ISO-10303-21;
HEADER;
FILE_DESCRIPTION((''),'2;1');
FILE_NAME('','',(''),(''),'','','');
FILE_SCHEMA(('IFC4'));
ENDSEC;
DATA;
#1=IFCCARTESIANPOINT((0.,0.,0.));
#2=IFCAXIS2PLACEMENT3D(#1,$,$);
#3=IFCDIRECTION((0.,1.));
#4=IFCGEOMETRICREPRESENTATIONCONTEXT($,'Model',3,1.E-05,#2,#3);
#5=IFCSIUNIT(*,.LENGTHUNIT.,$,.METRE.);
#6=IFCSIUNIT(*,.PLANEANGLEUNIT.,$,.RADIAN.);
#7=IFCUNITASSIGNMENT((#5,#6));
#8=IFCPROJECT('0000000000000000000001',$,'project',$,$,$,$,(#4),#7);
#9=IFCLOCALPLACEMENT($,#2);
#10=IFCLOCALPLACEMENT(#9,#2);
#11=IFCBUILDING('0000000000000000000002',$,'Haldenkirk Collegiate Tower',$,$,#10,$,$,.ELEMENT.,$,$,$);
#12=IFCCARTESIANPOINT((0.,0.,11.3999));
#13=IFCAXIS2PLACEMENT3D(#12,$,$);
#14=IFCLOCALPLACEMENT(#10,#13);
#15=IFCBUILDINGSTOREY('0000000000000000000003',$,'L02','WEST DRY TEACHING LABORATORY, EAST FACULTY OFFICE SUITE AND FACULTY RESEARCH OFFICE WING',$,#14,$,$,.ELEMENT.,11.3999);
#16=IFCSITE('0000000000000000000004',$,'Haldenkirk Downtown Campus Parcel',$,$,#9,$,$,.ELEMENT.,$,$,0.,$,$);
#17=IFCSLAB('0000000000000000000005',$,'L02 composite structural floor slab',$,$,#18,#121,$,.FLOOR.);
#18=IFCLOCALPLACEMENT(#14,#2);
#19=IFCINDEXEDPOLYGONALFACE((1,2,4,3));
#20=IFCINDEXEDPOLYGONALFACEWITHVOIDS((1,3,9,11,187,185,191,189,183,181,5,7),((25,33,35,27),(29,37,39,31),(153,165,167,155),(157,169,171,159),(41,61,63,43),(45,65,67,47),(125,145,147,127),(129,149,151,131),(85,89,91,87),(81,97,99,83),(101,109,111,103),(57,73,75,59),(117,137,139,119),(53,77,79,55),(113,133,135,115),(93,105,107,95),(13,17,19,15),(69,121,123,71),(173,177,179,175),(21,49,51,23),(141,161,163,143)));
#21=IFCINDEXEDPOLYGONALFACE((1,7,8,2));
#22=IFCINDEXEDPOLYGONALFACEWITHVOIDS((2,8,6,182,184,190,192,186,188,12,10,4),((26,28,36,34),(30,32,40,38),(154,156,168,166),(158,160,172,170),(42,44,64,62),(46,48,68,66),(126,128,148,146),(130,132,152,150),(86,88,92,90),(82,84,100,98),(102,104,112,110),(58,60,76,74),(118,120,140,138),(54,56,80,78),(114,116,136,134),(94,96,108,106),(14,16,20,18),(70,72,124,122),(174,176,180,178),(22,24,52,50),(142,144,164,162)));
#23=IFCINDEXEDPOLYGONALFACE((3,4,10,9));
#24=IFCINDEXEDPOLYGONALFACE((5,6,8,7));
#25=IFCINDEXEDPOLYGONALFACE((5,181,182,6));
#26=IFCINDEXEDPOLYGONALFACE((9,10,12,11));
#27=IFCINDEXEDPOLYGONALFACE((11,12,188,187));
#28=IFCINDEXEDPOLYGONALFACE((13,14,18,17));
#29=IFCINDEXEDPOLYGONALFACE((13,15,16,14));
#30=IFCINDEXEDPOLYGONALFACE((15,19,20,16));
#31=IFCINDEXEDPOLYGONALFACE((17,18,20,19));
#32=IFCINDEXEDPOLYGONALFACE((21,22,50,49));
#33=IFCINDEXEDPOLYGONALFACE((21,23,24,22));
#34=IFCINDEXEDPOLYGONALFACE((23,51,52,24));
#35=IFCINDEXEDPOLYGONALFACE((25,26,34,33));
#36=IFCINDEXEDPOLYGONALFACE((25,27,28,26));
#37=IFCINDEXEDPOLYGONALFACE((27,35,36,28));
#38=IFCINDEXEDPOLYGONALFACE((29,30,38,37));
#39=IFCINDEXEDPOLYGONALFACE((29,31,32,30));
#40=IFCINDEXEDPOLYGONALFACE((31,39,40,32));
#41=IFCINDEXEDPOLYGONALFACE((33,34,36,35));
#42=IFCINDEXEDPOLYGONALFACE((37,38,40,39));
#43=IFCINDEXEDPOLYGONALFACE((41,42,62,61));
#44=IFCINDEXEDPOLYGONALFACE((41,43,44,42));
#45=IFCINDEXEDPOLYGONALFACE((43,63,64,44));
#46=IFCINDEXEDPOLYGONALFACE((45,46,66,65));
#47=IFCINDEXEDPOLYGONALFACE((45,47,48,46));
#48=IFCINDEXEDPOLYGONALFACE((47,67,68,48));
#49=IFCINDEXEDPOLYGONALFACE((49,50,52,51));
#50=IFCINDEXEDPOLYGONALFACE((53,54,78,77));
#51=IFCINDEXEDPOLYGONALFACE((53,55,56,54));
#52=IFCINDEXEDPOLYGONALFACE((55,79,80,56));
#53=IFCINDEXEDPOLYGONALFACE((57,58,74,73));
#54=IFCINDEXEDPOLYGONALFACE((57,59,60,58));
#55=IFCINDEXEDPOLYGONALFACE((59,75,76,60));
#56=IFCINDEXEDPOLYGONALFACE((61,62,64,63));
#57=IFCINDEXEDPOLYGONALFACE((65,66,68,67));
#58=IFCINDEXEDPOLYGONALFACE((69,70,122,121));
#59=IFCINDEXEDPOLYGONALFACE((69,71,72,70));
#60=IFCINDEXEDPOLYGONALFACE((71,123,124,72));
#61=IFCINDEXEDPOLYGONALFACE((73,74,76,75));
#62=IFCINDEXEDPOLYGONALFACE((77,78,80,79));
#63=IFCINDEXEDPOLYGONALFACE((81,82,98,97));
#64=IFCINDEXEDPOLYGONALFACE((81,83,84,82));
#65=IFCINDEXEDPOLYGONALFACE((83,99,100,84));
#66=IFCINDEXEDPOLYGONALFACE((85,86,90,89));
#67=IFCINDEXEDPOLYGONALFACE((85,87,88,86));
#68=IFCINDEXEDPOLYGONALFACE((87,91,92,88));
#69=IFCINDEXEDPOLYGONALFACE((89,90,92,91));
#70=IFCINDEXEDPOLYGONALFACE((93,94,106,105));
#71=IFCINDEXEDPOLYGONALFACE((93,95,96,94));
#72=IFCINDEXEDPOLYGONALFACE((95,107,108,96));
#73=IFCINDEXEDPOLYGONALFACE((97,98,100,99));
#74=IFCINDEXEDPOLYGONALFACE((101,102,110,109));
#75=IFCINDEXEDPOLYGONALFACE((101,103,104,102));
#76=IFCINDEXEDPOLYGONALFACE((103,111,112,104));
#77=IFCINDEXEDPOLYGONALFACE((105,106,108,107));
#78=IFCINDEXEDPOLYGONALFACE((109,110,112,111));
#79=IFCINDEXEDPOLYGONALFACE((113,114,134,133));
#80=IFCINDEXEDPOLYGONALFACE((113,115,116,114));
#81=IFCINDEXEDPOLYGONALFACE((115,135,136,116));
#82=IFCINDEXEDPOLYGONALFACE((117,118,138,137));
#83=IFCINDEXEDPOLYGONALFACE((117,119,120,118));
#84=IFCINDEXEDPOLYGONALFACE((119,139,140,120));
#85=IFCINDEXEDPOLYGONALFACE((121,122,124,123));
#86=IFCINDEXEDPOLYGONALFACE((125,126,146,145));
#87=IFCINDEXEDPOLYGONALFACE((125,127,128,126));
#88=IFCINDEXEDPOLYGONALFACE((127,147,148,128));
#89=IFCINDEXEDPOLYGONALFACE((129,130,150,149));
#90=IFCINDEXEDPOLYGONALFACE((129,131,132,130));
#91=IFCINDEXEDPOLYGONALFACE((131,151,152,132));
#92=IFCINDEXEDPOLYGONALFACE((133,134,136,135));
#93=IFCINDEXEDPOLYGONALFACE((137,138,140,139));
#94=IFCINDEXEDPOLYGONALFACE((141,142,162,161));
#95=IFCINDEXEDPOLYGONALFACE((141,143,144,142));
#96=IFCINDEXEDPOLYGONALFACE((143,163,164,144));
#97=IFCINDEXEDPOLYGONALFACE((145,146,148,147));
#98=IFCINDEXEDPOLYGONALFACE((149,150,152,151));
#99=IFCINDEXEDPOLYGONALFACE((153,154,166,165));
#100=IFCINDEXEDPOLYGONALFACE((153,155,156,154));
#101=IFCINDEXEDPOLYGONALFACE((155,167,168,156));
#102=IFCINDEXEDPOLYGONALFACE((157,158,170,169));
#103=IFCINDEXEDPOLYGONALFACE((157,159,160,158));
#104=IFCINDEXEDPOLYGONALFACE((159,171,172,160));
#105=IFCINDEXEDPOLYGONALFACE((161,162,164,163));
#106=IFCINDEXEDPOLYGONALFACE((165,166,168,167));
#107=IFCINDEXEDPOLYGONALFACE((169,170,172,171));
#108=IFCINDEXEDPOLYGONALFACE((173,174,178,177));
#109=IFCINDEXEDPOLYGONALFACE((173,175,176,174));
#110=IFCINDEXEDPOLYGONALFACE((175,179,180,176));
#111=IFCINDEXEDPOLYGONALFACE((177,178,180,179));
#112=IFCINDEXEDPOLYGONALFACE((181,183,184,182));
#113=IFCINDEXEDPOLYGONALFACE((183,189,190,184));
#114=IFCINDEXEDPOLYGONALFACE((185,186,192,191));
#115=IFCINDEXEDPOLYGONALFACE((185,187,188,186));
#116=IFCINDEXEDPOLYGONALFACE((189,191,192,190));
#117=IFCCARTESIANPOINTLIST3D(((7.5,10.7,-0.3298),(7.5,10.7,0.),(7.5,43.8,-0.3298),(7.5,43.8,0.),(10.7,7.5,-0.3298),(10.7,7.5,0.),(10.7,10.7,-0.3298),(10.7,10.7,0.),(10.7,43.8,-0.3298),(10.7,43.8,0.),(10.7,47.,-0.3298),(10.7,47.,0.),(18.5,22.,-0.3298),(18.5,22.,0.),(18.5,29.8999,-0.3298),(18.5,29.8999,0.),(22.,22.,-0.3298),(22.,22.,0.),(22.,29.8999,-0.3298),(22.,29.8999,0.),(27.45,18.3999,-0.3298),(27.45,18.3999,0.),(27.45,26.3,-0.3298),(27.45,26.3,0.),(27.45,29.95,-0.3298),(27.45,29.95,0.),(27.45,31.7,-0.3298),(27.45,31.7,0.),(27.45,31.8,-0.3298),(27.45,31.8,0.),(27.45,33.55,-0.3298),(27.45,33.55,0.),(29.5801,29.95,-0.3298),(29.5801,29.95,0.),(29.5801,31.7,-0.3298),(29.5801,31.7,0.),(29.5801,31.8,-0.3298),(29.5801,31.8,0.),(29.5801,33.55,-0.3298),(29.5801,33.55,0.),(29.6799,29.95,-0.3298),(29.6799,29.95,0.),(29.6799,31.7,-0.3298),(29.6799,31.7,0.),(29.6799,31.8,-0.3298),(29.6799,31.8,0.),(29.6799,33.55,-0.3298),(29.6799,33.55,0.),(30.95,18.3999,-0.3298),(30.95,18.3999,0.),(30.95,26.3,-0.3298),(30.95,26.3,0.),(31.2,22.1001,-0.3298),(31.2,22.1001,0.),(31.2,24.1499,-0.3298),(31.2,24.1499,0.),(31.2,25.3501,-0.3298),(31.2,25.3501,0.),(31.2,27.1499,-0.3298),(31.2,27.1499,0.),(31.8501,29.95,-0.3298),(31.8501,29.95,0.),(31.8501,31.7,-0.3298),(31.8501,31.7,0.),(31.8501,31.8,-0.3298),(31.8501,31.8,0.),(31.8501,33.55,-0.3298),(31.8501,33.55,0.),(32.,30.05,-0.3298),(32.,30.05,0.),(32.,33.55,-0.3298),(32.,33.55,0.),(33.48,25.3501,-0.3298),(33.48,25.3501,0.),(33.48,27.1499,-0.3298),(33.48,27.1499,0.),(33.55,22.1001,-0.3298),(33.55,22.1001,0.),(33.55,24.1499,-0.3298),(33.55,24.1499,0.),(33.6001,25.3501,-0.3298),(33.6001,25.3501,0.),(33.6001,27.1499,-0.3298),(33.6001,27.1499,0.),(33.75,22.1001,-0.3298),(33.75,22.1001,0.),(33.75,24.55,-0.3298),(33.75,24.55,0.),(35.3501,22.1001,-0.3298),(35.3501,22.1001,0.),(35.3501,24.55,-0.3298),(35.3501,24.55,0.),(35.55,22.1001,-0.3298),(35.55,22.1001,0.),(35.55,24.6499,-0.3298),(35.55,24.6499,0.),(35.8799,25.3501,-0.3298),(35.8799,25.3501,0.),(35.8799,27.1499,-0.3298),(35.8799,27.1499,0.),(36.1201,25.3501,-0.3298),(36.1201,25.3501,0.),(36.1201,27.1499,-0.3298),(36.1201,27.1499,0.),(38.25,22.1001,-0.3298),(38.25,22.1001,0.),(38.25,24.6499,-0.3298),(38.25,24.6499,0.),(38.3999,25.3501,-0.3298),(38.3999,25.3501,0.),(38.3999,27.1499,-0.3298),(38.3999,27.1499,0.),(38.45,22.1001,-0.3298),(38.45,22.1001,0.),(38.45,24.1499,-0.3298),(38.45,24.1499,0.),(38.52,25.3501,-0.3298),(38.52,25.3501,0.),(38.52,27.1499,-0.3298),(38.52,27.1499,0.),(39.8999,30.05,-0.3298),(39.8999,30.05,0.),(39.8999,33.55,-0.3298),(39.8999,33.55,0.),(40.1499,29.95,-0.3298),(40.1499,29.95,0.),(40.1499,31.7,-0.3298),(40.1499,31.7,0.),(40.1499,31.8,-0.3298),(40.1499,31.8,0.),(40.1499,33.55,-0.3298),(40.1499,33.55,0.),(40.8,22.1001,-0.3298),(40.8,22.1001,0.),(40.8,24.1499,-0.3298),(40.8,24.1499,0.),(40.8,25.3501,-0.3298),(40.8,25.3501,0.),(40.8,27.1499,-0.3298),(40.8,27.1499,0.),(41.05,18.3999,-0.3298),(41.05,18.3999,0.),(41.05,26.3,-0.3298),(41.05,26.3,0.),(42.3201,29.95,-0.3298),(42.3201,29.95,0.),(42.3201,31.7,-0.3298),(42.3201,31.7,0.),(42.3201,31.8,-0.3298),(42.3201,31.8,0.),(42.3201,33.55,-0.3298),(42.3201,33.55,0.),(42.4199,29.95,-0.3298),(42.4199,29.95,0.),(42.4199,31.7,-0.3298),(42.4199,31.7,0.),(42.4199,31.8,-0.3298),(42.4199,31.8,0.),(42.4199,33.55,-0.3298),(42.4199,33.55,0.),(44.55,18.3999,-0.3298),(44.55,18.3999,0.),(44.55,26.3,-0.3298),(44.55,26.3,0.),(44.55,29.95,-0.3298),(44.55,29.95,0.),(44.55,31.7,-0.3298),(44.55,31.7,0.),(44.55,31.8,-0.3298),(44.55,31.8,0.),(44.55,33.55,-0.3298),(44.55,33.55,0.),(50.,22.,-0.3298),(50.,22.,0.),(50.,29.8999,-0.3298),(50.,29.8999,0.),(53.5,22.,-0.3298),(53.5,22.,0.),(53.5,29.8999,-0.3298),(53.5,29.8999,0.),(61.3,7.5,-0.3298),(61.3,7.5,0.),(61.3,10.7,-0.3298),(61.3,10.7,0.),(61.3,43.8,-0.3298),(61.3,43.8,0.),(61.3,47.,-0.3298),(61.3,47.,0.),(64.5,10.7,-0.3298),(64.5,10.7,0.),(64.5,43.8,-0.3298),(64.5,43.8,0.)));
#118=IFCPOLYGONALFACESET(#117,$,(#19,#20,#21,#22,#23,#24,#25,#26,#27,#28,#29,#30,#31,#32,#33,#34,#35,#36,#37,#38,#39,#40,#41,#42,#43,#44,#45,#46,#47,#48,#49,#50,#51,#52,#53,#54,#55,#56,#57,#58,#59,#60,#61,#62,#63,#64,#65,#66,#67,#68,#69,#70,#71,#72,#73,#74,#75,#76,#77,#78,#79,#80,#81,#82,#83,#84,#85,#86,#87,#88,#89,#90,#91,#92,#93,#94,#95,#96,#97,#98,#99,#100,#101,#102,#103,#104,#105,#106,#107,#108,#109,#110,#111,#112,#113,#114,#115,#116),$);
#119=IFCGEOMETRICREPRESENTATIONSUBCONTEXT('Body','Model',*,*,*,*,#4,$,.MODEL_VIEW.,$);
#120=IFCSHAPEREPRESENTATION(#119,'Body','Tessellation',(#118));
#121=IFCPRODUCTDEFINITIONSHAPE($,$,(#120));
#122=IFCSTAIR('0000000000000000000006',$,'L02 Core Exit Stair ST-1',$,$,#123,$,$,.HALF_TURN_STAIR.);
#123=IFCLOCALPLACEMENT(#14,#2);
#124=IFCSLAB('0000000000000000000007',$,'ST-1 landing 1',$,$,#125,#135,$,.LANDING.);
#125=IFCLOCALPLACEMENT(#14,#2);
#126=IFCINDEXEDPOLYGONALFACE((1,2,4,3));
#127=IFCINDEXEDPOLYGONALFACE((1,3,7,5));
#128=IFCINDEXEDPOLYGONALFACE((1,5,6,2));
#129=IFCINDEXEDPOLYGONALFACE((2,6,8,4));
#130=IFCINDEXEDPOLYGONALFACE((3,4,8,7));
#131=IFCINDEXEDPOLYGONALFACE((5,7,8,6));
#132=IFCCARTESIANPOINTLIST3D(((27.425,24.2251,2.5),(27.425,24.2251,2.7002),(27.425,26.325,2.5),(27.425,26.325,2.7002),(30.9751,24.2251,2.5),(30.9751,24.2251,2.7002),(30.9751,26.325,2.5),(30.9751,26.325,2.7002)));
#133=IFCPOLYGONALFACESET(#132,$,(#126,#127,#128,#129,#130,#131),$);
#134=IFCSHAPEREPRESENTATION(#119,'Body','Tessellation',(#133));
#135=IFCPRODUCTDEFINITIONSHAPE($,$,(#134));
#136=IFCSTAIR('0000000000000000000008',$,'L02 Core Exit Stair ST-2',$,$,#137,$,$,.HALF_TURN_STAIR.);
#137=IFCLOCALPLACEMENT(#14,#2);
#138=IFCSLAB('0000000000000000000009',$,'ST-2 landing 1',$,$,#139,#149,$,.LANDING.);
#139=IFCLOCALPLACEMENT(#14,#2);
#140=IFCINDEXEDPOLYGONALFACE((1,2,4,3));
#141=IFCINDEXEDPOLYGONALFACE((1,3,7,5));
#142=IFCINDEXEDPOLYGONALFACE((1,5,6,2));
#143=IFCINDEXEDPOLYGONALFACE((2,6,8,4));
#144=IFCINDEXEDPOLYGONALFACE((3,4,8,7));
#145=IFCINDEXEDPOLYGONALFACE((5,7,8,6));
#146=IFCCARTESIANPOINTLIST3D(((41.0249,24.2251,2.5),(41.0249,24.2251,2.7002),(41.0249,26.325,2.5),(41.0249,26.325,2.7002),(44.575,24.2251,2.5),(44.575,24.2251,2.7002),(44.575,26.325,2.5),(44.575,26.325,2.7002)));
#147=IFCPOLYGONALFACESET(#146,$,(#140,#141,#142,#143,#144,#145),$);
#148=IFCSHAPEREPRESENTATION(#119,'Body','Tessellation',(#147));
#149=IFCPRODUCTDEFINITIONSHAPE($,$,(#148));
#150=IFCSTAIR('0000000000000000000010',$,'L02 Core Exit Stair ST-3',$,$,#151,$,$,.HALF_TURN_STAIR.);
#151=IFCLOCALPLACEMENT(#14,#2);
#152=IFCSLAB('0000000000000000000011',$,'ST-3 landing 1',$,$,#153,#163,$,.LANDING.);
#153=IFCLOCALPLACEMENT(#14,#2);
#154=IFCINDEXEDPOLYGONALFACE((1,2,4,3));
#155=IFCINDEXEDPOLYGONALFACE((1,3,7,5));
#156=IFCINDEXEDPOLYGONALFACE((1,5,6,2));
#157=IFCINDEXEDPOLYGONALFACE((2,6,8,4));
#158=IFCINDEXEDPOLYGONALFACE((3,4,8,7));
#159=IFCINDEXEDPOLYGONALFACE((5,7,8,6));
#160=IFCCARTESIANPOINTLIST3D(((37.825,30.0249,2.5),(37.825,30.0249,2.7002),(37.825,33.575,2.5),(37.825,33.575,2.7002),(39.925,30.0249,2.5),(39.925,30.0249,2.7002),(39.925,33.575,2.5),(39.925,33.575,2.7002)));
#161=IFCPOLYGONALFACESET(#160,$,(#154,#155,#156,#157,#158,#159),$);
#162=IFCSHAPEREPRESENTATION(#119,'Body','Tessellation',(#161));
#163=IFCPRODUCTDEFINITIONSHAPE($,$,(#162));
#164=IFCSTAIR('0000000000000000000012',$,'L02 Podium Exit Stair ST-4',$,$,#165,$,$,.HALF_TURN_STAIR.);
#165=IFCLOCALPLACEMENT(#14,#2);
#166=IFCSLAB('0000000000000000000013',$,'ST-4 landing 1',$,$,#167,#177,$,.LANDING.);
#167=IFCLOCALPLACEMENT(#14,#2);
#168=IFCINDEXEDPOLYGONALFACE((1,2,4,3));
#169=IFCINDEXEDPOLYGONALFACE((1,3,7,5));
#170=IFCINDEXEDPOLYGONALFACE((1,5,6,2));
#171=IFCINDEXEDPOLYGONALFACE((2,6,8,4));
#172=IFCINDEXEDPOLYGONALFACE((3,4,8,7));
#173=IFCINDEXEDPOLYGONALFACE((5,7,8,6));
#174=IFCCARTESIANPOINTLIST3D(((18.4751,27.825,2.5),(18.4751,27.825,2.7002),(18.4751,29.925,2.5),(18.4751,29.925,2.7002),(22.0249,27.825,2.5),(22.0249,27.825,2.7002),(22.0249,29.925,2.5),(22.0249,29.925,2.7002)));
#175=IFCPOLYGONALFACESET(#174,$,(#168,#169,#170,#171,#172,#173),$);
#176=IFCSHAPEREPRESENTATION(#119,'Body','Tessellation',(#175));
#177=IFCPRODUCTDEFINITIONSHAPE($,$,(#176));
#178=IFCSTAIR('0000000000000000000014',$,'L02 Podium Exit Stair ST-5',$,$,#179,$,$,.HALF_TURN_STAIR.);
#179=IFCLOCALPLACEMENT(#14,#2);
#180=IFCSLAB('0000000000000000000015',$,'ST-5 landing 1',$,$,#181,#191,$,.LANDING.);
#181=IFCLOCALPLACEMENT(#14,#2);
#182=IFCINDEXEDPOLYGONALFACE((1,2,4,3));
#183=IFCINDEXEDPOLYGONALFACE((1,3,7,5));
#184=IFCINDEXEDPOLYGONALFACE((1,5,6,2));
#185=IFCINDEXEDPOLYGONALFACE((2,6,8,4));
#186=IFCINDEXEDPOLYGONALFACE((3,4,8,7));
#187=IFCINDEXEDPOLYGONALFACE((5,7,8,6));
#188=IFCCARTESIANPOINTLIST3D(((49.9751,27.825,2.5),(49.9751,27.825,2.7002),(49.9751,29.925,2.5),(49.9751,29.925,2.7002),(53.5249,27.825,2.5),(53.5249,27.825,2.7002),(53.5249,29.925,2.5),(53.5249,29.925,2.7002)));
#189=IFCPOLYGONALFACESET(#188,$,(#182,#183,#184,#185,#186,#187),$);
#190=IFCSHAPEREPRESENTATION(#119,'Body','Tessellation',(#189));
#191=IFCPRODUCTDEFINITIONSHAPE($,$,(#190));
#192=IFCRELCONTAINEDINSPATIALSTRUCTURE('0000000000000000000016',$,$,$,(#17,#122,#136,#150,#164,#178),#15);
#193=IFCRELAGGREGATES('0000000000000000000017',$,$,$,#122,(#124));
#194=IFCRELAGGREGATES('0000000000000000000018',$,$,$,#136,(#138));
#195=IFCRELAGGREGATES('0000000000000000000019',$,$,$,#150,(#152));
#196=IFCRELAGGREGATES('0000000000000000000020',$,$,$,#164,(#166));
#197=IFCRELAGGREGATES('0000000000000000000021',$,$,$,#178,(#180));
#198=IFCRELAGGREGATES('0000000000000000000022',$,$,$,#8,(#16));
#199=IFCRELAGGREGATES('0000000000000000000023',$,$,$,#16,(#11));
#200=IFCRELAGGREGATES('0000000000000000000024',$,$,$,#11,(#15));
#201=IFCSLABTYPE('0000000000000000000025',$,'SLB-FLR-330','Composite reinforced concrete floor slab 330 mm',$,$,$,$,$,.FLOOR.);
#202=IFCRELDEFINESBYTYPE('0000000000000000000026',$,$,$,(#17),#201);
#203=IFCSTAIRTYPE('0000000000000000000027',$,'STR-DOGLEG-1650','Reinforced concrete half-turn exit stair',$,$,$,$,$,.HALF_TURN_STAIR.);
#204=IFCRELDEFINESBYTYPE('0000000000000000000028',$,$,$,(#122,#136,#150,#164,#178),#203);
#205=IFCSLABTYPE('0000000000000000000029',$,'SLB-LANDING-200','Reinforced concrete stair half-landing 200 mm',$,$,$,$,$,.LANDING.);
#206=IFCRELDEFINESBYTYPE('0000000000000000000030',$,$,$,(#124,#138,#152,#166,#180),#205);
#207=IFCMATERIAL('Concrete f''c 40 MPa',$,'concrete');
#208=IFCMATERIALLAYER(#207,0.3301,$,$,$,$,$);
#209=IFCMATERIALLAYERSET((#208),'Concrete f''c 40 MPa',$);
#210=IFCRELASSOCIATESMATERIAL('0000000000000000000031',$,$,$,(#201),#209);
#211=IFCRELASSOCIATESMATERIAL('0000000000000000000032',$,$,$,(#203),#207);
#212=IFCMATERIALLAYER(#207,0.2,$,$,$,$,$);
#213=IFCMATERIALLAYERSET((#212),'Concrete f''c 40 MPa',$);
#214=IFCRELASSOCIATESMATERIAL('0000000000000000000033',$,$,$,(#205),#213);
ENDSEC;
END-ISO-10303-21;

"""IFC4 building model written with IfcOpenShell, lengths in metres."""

from ifc_helpers import new_model, si_unit, direction, frame, origin, place, context, subcontext, project, spatial, polyline, outline, extrude, material, layer, layer_set, type_object, element, aggregate, save


model = new_model("IFC4")

# Units and contexts
model_context = context("Model", 3, precision=1e-05, world=origin(), true_north=direction((0.0, 1.0)))
body_context = subcontext(model_context, "Body", "Model", "MODEL_VIEW")
ifc_project = project(units=[si_unit("LENGTHUNIT", "METRE"), si_unit("PLANEANGLEUNIT", "RADIAN")], contexts=[model_context])

# Site, building, storey
site_placement = place(None, origin())
site = spatial("IfcSite", under=ifc_project, at=site_placement, Name="Haldenkirk Downtown Campus Parcel", CompositionType="ELEMENT", RefElevation=0.0)
building_placement = place(site_placement, origin())
building = spatial("IfcBuilding", under=site, at=building_placement, Name="Haldenkirk Collegiate Tower", CompositionType="ELEMENT")
storey_placement = place(building_placement, frame((0.0, 0.0, 11.3999)))
storey = spatial("IfcBuildingStorey", under=building, at=storey_placement, Name="L02", Description="WEST DRY TEACHING LABORATORY, EAST FACULTY OFFICE SUITE AND FACULTY RESEARCH OFFICE WING", CompositionType="ELEMENT", Elevation=11.3999)

# Slab
ifc_material_1 = material(Name="Concrete f'c 40 MPa", Category="concrete")
ifc_layer_1 = layer(ifc_material_1, 0.3301)
ifc_layer_set_1 = layer_set([ifc_layer_1], Name="Concrete f'c 40 MPa")
slab_type_1 = type_object("IfcSlabType", Name="SLB-FLR-330", Description="Composite reinforced concrete floor slab 330 mm", PredefinedType="FLOOR", material=ifc_layer_set_1)
slab_1_placement = place(storey_placement, frame((0.0, 0.0, -0.3298)))
element("IfcSlab", 1, at=slab_1_placement, inside=storey, type_object=slab_type_1, Name="L02 composite structural floor slab", PredefinedType="FLOOR", context=body_context, shape_type="SweptSolid", body=[
    extrude(outline(polyline([(10.7, 7.5), (61.3, 7.5), (61.3, 10.7), (64.5, 10.7), (64.5, 43.8), (61.3, 43.8), (61.3, 47.0), (10.7, 47.0), (10.7, 43.8), (7.5, 43.8), (7.5, 10.7), (10.7, 10.7), (10.7, 7.5)]), holes=[polyline([(27.45, 18.3999), (30.95, 18.3999), (30.95, 26.3), (27.45, 26.3), (27.45, 18.3999)]), polyline([(41.05, 18.3999), (44.55, 18.3999), (44.55, 26.3), (41.05, 26.3), (41.05, 18.3999)]), polyline([(32.0, 30.05), (39.8999, 30.05), (39.8999, 33.55), (32.0, 33.55), (32.0, 30.05)]), polyline([(33.75, 22.1001), (35.3501, 22.1001), (35.3501, 24.55), (33.75, 24.55), (33.75, 22.1001)]), polyline([(18.5, 22.0), (22.0, 22.0), (22.0, 29.8999), (18.5, 29.8999), (18.5, 22.0)]), polyline([(50.0, 22.0), (53.5, 22.0), (53.5, 29.8999), (50.0, 29.8999), (50.0, 22.0)]), polyline([(27.45, 29.95), (29.5801, 29.95), (29.5801, 31.7), (27.45, 31.7), (27.45, 29.95)]), polyline([(29.6799, 29.95), (31.8501, 29.95), (31.8501, 31.7), (29.6799, 31.7), (29.6799, 29.95)]), polyline([(27.45, 31.8), (29.5801, 31.8), (29.5801, 33.55), (27.45, 33.55), (27.45, 31.8)]), polyline([(29.6799, 31.8), (31.8501, 31.8), (31.8501, 33.55), (29.6799, 33.55), (29.6799, 31.8)]), polyline([(40.1499, 29.95), (42.3201, 29.95), (42.3201, 31.7), (40.1499, 31.7), (40.1499, 29.95)]), polyline([(42.4199, 29.95), (44.55, 29.95), (44.55, 31.7), (42.4199, 31.7), (42.4199, 29.95)]), polyline([(40.1499, 31.8), (42.3201, 31.8), (42.3201, 33.55), (40.1499, 33.55), (40.1499, 31.8)]), polyline([(42.4199, 31.8), (44.55, 31.8), (44.55, 33.55), (42.4199, 33.55), (42.4199, 31.8)]), polyline([(31.2, 25.3501), (33.48, 25.3501), (33.48, 27.1499), (31.2, 27.1499), (31.2, 25.3501)]), polyline([(33.6001, 25.3501), (35.8799, 25.3501), (35.8799, 27.1499), (33.6001, 27.1499), (33.6001, 25.3501)]), polyline([(36.1201, 25.3501), (38.3999, 25.3501), (38.3999, 27.1499), (36.1201, 27.1499), (36.1201, 25.3501)]), polyline([(38.52, 25.3501), (40.8, 25.3501), (40.8, 27.1499), (38.52, 27.1499), (38.52, 25.3501)]), polyline([(31.2, 22.1001), (33.55, 22.1001), (33.55, 24.1499), (31.2, 24.1499), (31.2, 22.1001)]), polyline([(38.45, 22.1001), (40.8, 22.1001), (40.8, 24.1499), (38.45, 24.1499), (38.45, 22.1001)]), polyline([(35.55, 22.1001), (38.25, 22.1001), (38.25, 24.6499), (35.55, 24.6499), (35.55, 22.1001)])]), origin(), (0.0, 0.0, 1.0), 0.3298),
])

# Stairs, slabs
stair_type = type_object("IfcStairType", Name="STR-DOGLEG-1650", Description="Reinforced concrete half-turn exit stair", PredefinedType="HALF_TURN_STAIR", material=ifc_material_1)
stair_1_placement = place(storey_placement, origin())
stair_1 = element("IfcStair", 2, at=stair_1_placement, inside=storey, type_object=stair_type, Name="L02 Core Exit Stair ST-1", PredefinedType="HALF_TURN_STAIR")
ifc_layer_2 = layer(ifc_material_1, 0.2)
ifc_layer_set_2 = layer_set([ifc_layer_2], Name="Concrete f'c 40 MPa")
slab_type_2 = type_object("IfcSlabType", Name="SLB-LANDING-200", Description="Reinforced concrete stair half-landing 200 mm", PredefinedType="LANDING", material=ifc_layer_set_2)
slab_2_placement = place(storey_placement, frame((0.0, 0.0, 2.5)))
slab_2 = element("IfcSlab", 3, at=slab_2_placement, type_object=slab_type_2, Name="ST-1 landing 1", PredefinedType="LANDING", context=body_context, shape_type="SweptSolid", body=[
    extrude(outline(polyline([(30.9751, 24.2251), (27.425, 24.2251), (27.425, 26.325), (30.9751, 26.325), (30.9751, 24.2251)])), origin(), (0.0, 0.0, 1.0), 0.2002),
])
aggregate(stair_1, [slab_2])
stair_2_placement = place(storey_placement, origin())
stair_2 = element("IfcStair", 4, at=stair_2_placement, inside=storey, type_object=stair_type, Name="L02 Core Exit Stair ST-2", PredefinedType="HALF_TURN_STAIR")
slab_3_placement = place(storey_placement, frame((0.0, 0.0, 2.5)))
slab_3 = element("IfcSlab", 5, at=slab_3_placement, type_object=slab_type_2, Name="ST-2 landing 1", PredefinedType="LANDING", context=body_context, shape_type="SweptSolid", body=[
    extrude(outline(polyline([(44.575, 24.2251), (41.0249, 24.2251), (41.0249, 26.325), (44.575, 26.325), (44.575, 24.2251)])), origin(), (0.0, 0.0, 1.0), 0.2002),
])
aggregate(stair_2, [slab_3])
stair_3_placement = place(storey_placement, origin())
stair_3 = element("IfcStair", 6, at=stair_3_placement, inside=storey, type_object=stair_type, Name="L02 Core Exit Stair ST-3", PredefinedType="HALF_TURN_STAIR")
slab_4_placement = place(storey_placement, frame((0.0, 0.0, 2.5)))
slab_4 = element("IfcSlab", 7, at=slab_4_placement, type_object=slab_type_2, Name="ST-3 landing 1", PredefinedType="LANDING", context=body_context, shape_type="SweptSolid", body=[
    extrude(outline(polyline([(37.825, 30.0249), (37.825, 33.575), (39.925, 33.575), (39.925, 30.0249), (37.825, 30.0249)])), origin(), (0.0, 0.0, 1.0), 0.2002),
])
aggregate(stair_3, [slab_4])
stair_4_placement = place(storey_placement, origin())
stair_4 = element("IfcStair", 8, at=stair_4_placement, inside=storey, type_object=stair_type, Name="L02 Podium Exit Stair ST-4", PredefinedType="HALF_TURN_STAIR")
slab_5_placement = place(storey_placement, frame((0.0, 0.0, 2.5)))
slab_5 = element("IfcSlab", 9, at=slab_5_placement, type_object=slab_type_2, Name="ST-4 landing 1", PredefinedType="LANDING", context=body_context, shape_type="SweptSolid", body=[
    extrude(outline(polyline([(22.0249, 27.825), (18.4751, 27.825), (18.4751, 29.925), (22.0249, 29.925), (22.0249, 27.825)])), origin(), (0.0, 0.0, 1.0), 0.2002),
])
aggregate(stair_4, [slab_5])
stair_5_placement = place(storey_placement, origin())
stair_5 = element("IfcStair", 10, at=stair_5_placement, inside=storey, type_object=stair_type, Name="L02 Podium Exit Stair ST-5", PredefinedType="HALF_TURN_STAIR")
slab_6_placement = place(storey_placement, frame((0.0, 0.0, 2.5)))
slab_6 = element("IfcSlab", 11, at=slab_6_placement, type_object=slab_type_2, Name="ST-5 landing 1", PredefinedType="LANDING", context=body_context, shape_type="SweptSolid", body=[
    extrude(outline(polyline([(53.5249, 27.825), (49.9751, 27.825), (49.9751, 29.925), (53.5249, 29.925), (53.5249, 27.825)])), origin(), (0.0, 0.0, 1.0), 0.2002),
])
aggregate(stair_5, [slab_6])

save(model, "model.ifc")
